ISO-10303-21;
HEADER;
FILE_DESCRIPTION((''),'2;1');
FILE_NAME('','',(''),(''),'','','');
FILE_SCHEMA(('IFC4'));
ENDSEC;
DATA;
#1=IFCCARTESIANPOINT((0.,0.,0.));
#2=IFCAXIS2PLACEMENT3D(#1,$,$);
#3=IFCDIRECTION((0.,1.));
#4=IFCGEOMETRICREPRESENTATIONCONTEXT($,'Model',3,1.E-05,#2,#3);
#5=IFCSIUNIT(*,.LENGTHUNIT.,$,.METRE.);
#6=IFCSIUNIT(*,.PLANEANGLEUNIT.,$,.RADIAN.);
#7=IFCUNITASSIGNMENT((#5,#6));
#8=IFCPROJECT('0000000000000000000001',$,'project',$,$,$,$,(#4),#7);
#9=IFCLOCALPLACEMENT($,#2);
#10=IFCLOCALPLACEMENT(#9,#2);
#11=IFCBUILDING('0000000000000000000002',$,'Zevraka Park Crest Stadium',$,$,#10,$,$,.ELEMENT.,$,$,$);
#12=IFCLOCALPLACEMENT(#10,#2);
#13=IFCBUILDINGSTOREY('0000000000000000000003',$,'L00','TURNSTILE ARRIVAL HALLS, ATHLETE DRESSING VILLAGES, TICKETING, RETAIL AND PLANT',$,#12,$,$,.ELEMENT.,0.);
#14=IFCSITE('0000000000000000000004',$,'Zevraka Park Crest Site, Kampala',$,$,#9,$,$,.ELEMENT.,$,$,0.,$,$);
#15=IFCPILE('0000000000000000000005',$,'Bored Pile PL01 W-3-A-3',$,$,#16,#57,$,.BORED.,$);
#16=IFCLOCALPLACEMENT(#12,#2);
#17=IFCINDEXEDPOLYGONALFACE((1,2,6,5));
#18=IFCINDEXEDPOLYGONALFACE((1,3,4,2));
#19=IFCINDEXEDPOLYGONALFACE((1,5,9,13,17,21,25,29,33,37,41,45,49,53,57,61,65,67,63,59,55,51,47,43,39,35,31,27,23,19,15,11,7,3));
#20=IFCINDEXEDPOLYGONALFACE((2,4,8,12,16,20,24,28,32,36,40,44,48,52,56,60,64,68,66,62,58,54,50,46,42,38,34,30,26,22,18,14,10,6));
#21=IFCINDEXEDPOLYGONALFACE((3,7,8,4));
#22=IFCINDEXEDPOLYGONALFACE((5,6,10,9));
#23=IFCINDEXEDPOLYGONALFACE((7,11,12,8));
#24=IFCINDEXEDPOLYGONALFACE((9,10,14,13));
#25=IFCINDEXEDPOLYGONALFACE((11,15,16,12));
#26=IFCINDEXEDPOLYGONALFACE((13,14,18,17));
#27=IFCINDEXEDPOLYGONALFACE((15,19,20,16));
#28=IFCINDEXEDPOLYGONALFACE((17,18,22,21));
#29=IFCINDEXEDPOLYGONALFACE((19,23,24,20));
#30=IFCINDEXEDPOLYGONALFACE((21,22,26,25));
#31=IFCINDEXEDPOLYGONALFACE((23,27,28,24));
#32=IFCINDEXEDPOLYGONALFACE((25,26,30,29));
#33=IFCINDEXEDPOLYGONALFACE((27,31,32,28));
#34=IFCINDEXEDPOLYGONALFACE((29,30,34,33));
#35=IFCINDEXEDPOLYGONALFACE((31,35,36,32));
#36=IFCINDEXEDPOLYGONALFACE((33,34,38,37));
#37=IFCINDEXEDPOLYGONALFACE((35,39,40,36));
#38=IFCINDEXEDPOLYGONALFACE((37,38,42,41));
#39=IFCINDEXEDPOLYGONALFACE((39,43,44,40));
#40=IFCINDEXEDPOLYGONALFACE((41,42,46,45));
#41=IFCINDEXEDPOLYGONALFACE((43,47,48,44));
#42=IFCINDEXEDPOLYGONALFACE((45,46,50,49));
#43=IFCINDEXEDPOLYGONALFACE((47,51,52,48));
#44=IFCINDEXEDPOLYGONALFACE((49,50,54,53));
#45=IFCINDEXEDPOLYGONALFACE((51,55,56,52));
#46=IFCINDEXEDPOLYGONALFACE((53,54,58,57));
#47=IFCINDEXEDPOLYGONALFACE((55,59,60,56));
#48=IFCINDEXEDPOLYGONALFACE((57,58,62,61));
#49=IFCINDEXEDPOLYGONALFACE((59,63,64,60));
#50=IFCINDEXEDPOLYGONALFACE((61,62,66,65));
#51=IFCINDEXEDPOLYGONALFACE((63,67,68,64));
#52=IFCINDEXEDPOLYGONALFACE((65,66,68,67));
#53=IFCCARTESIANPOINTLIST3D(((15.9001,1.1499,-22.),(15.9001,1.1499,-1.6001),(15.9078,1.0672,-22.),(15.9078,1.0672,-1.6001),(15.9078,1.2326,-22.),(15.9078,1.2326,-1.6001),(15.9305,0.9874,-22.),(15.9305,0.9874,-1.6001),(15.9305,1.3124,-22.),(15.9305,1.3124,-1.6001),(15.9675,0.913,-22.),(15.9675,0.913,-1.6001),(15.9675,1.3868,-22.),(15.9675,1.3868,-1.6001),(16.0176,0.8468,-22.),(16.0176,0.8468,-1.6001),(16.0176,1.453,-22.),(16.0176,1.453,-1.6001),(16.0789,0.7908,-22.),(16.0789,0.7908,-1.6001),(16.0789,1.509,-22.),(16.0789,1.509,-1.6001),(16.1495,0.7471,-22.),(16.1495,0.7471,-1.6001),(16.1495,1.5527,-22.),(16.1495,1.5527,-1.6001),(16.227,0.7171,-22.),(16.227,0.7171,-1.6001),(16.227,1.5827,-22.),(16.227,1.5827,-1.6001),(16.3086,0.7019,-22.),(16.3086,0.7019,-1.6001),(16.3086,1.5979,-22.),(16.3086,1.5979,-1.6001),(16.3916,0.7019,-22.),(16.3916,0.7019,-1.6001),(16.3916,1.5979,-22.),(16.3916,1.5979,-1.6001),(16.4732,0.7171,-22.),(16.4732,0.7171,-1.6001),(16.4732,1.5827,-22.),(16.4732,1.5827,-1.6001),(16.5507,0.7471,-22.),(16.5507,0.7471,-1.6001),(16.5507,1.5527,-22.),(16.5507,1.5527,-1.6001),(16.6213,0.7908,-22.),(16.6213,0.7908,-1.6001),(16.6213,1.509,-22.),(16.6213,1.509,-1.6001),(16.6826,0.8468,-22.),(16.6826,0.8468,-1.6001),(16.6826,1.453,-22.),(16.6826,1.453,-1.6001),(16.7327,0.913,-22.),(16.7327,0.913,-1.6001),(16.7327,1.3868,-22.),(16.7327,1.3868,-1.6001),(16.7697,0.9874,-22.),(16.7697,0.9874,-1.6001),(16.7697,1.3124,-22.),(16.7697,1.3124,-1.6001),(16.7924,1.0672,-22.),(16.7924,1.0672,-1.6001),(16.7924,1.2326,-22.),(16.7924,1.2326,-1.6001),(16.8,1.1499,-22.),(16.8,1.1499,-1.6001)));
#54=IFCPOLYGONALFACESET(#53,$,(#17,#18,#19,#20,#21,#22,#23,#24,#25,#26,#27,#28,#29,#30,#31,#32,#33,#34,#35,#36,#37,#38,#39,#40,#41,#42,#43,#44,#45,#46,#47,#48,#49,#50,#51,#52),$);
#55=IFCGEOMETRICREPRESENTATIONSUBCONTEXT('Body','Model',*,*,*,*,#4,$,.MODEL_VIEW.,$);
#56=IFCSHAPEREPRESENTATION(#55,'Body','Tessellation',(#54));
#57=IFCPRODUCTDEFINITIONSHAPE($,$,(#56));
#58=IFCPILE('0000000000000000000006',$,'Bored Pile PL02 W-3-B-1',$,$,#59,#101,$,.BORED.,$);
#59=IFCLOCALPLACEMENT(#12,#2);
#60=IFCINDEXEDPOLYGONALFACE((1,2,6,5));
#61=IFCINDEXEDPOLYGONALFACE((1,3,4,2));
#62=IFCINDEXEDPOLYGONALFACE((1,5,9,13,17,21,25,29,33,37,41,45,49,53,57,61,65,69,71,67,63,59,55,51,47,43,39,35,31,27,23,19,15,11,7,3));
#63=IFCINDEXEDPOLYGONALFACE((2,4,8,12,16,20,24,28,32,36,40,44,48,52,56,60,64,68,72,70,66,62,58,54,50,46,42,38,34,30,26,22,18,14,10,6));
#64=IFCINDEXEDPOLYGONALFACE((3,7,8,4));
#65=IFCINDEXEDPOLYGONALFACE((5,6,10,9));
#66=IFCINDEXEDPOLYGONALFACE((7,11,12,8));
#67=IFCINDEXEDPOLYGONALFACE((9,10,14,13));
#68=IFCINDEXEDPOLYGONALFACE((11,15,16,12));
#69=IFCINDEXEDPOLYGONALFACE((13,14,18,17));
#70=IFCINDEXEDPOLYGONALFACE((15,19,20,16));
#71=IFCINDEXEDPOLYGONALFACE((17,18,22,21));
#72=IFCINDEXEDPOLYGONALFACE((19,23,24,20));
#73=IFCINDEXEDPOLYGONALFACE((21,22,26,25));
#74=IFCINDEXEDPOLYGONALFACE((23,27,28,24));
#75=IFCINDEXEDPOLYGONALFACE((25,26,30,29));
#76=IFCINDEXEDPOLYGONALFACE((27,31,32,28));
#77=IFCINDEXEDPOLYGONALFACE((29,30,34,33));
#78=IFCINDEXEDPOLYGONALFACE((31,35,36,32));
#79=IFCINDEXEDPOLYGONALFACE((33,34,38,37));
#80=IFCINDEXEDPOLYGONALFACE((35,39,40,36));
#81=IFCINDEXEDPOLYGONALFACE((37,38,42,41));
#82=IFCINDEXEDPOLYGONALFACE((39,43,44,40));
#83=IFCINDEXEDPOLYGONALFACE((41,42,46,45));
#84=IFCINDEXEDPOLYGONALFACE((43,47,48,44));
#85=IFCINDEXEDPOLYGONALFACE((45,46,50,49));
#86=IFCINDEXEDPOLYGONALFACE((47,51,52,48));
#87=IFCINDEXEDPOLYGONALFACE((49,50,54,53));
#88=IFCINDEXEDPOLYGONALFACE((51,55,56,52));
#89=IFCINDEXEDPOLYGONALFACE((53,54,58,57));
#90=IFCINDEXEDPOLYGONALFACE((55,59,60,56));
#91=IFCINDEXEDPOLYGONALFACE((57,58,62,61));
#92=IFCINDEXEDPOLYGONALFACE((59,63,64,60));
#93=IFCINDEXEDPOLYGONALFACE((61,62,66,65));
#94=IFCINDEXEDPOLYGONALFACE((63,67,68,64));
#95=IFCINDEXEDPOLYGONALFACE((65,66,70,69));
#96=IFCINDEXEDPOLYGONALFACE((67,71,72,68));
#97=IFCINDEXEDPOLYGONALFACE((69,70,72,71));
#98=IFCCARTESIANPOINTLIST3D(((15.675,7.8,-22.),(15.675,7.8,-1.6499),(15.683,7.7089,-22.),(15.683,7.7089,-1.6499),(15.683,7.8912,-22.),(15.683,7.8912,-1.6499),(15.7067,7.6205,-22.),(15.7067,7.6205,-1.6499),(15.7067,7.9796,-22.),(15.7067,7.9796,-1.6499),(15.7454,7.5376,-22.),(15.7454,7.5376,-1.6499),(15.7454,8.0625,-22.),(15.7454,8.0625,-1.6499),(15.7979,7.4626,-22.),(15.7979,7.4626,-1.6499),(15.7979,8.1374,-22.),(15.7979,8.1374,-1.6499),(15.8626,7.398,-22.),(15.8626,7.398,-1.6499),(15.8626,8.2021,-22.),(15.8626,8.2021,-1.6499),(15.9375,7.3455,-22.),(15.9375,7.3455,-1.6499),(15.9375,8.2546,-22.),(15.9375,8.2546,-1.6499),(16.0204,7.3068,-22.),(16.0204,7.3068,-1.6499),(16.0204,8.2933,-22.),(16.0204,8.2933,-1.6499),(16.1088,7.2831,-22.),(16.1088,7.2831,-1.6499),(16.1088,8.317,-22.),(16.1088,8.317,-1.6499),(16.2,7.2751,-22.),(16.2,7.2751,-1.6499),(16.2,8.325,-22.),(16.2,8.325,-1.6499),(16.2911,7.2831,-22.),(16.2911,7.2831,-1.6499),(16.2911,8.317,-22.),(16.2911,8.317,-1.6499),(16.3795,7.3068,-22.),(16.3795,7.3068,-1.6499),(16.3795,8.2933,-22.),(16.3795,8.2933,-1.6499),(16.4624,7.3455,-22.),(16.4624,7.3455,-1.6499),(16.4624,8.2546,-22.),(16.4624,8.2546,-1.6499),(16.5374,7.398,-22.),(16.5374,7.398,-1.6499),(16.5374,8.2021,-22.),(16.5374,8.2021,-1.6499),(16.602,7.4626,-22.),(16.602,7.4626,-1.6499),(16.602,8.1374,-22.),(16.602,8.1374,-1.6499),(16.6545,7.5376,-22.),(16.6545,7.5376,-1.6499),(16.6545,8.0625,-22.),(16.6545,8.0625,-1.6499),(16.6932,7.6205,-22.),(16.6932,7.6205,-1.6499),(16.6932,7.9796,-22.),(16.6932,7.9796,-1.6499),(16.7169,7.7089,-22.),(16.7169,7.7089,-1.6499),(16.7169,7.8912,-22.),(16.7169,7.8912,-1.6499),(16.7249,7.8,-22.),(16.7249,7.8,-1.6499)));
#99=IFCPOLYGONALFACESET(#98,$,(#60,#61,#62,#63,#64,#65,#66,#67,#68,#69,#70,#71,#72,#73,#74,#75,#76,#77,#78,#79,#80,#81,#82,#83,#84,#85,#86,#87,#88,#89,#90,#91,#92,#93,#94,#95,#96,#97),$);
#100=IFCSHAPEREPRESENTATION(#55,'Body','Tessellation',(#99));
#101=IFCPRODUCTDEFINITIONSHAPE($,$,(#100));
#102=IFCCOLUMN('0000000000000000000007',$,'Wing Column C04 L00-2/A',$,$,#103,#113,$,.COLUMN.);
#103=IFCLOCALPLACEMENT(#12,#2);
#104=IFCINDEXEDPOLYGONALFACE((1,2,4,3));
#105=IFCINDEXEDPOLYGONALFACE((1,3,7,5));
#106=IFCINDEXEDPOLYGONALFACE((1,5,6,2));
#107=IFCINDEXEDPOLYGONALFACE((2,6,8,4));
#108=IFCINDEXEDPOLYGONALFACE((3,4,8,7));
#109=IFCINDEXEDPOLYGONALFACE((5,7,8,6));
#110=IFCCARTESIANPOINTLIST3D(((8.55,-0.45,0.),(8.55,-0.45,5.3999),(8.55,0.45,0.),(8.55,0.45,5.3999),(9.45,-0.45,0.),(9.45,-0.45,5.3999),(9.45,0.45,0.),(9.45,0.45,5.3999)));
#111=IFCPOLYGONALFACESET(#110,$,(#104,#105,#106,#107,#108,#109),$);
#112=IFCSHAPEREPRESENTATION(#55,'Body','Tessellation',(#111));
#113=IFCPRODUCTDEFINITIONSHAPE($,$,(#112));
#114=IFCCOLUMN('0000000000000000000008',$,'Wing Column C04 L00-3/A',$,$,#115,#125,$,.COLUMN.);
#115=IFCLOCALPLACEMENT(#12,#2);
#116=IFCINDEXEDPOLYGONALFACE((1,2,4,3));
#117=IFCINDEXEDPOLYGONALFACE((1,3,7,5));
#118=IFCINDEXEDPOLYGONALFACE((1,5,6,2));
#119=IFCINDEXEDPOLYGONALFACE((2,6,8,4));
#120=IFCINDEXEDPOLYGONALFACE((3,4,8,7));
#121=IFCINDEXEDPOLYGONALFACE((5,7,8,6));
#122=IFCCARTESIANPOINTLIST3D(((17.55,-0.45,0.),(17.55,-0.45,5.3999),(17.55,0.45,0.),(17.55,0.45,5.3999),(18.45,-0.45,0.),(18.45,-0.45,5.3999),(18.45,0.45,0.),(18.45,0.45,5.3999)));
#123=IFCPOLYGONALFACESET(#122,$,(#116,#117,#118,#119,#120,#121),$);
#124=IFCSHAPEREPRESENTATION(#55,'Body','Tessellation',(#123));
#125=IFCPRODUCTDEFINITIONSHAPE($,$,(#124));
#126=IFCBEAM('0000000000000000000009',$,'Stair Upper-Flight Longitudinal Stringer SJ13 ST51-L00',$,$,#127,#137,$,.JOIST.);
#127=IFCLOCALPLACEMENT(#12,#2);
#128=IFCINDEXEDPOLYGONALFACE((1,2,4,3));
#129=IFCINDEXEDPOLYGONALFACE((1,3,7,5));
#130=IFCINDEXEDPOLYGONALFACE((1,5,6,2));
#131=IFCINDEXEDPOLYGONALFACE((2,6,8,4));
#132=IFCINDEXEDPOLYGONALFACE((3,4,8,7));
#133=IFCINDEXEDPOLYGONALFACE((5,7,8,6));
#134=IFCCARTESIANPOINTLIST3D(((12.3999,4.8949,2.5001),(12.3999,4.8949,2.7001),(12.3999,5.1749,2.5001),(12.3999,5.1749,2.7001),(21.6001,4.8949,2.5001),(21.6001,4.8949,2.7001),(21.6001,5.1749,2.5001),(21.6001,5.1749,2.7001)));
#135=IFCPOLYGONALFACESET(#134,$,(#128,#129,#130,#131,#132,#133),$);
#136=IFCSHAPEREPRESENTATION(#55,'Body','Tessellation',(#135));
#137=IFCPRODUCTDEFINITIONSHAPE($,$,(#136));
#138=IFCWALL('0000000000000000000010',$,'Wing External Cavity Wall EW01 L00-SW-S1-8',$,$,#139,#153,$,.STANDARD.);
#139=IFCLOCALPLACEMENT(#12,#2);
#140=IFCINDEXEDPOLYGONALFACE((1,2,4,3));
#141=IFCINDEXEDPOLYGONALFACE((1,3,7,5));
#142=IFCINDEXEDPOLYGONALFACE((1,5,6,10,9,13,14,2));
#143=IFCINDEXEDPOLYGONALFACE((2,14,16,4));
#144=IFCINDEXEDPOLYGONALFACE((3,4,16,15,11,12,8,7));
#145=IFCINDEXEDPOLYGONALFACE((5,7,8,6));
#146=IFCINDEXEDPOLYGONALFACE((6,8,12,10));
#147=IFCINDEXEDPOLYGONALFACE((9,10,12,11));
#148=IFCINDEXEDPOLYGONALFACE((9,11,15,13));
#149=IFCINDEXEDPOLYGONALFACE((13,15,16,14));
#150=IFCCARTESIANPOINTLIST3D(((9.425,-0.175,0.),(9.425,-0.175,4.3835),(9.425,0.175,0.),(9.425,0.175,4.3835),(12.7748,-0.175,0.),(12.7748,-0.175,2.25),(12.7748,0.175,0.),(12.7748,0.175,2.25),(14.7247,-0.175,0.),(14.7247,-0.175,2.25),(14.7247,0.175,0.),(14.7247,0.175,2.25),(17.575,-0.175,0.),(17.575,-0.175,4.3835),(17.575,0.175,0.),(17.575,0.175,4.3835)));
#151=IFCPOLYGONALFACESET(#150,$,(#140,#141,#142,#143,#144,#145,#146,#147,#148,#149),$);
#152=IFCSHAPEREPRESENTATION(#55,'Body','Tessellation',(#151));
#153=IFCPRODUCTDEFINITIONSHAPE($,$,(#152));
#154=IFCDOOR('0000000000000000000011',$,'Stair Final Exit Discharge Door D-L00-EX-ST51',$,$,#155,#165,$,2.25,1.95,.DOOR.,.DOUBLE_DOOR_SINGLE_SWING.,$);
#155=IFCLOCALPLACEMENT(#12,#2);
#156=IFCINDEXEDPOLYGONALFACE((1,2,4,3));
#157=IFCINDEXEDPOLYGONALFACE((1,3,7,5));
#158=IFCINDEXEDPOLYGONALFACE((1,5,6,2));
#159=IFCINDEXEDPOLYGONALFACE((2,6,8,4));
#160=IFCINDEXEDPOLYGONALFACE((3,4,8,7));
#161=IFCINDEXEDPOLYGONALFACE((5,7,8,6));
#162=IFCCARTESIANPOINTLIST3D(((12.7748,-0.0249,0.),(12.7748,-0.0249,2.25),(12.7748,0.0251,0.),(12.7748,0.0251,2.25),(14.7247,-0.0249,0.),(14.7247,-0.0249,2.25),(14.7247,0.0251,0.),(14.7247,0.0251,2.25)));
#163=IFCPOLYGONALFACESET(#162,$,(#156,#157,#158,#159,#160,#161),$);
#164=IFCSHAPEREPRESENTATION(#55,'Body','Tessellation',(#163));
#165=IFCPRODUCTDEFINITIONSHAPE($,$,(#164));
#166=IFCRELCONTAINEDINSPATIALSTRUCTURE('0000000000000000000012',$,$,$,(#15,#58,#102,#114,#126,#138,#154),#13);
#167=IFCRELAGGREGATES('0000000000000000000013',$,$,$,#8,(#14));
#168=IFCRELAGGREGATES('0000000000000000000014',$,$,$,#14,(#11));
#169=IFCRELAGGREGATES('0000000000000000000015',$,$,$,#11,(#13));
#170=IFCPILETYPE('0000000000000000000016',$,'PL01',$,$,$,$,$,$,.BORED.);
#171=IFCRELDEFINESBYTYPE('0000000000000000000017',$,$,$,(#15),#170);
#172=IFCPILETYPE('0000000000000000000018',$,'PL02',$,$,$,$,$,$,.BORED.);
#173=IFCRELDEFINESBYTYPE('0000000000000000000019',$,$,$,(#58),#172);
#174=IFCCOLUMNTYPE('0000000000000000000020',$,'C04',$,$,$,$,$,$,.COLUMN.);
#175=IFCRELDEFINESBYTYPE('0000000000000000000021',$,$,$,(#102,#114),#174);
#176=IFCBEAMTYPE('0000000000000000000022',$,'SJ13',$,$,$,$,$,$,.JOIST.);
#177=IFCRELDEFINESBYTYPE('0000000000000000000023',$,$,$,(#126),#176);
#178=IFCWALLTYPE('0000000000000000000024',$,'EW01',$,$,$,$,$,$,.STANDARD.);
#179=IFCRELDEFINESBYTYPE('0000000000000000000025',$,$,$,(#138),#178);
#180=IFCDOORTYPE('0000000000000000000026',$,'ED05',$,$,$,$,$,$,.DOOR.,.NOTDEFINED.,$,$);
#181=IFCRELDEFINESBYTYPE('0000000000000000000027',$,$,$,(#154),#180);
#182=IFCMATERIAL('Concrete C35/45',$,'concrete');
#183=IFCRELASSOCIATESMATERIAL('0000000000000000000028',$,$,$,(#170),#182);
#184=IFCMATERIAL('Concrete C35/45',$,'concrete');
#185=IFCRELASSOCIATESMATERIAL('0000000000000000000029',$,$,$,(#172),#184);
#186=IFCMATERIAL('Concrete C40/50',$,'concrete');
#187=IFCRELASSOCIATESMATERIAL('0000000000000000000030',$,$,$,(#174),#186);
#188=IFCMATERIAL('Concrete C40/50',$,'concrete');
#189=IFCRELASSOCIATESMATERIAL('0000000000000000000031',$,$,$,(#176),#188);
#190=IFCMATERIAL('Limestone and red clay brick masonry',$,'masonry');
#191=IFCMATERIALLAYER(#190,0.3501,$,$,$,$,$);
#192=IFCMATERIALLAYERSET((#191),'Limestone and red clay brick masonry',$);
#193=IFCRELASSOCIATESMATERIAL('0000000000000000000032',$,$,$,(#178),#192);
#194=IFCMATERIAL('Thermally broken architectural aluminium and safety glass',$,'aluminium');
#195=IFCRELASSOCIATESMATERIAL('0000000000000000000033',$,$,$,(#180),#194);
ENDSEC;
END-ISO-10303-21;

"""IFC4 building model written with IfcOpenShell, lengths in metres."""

from ifc_helpers import new_model, si_unit, direction, frame, frame_2d, origin, origin_2d, place, context, subcontext, project, spatial, rectangle, circle, extrude, material, layer, layer_set, material_profile, profile_set, type_object, element, fill, save


model = new_model("IFC4")

# Units and contexts
model_context = context("Model", 3, precision=1e-05, world=origin(), true_north=direction((0.0, 1.0)))
body_context = subcontext(model_context, "Body", "Model", "MODEL_VIEW")
ifc_project = project(units=[si_unit("LENGTHUNIT", "METRE"), si_unit("PLANEANGLEUNIT", "RADIAN")], contexts=[model_context])

# Site, building, storey
site_placement = place(None, origin())
site = spatial("IfcSite", under=ifc_project, at=site_placement, Name="Zevraka Park Crest Site, Kampala", CompositionType="ELEMENT", RefElevation=0.0)
building_placement = place(site_placement, origin())
building = spatial("IfcBuilding", under=site, at=building_placement, Name="Zevraka Park Crest Stadium", CompositionType="ELEMENT")
storey_placement = place(building_placement, origin())
storey = spatial("IfcBuildingStorey", under=building, at=storey_placement, Name="L00", Description="TURNSTILE ARRIVAL HALLS, ATHLETE DRESSING VILLAGES, TICKETING, RETAIL AND PLANT", CompositionType="ELEMENT", Elevation=0.0)

# Piles
ifc_material_1 = material(Name="Concrete C35/45", Category="concrete")
ifc_material_profile_1 = material_profile(ifc_material_1, circle(Radius=0.45, at=origin_2d()), Name="PILE D900")
ifc_profile_set_1 = profile_set([ifc_material_profile_1], Name="Concrete C35/45")
pile_type_1 = type_object("IfcPileType", Name="PL01", PredefinedType="BORED", material=ifc_profile_set_1)
for number, where, z_axis, x_axis, name in (
    (1, (16.3501, 1.1499, -1.6001), (0.0, 0.0, -1.0), (1.0, 0.0, 0.0), "Bored Pile PL01 W-3-A-3"),
):
    element("IfcPile", number, at=place(storey_placement, frame(where, z_axis=z_axis, x_axis=x_axis)), inside=storey, type_object=pile_type_1, Name=name, PredefinedType="BORED", context=body_context, shape_type="SweptSolid", body=[
        extrude(circle(Radius=0.45, at=origin_2d()), origin(), (0.0, 0.0, 1.0), 20.3999),
    ])
ifc_material_2 = material(Name="Concrete C35/45", Category="concrete")
ifc_material_profile_2 = material_profile(ifc_material_2, circle(Radius=0.5249, at=origin_2d()), Name="PILE D1050")
ifc_profile_set_2 = profile_set([ifc_material_profile_2], Name="Concrete C35/45")
pile_type_2 = type_object("IfcPileType", Name="PL02", PredefinedType="BORED", material=ifc_profile_set_2)
pile_1_placement = place(storey_placement, frame((16.2, 7.8, -1.6499), z_axis=(0.0, 0.0, -1.0), x_axis=(1.0, 0.0, 0.0)))
element("IfcPile", 2, at=pile_1_placement, inside=storey, type_object=pile_type_2, Name="Bored Pile PL02 W-3-B-1", PredefinedType="BORED", context=body_context, shape_type="SweptSolid", body=[
    extrude(circle(Radius=0.5249, at=origin_2d()), origin(), (0.0, 0.0, 1.0), 20.3501),
])

# Columns
ifc_material_3 = material(Name="Concrete C40/50", Category="concrete")
ifc_material_profile_3 = material_profile(ifc_material_3, rectangle(XDim=0.8999, YDim=0.8999, at=origin_2d()), Name="RC 900x900")
ifc_profile_set_3 = profile_set([ifc_material_profile_3], Name="Concrete C40/50")
column_type = type_object("IfcColumnType", Name="C04", PredefinedType="COLUMN", material=ifc_profile_set_3)
for number, where, z_axis, x_axis, name in (
    (3, (9.0, 0.0, 0.0), (0.0, 0.0, 1.0), (1.0, 0.0, 0.0), "Wing Column C04 L00-2/A"),
    (4, (18.0, 0.0, 0.0), (0.0, 0.0, 1.0), (1.0, 0.0, 0.0), "Wing Column C04 L00-3/A"),
):
    element("IfcColumn", number, at=place(storey_placement, frame(where, z_axis=z_axis, x_axis=x_axis)), inside=storey, type_object=column_type, Name=name, PredefinedType="COLUMN", context=body_context, shape_type="SweptSolid", body=[
        extrude(rectangle(XDim=0.8999, YDim=0.8999, at=origin_2d()), origin(), (0.0, 0.0, 1.0), 5.3999),
    ])

# Beam
ifc_material_4 = material(Name="Concrete C40/50", Category="concrete")
ifc_material_profile_4 = material_profile(ifc_material_4, rectangle(XDim=0.28, YDim=0.2, at=origin_2d()), Name="RC 200x280")
ifc_profile_set_4 = profile_set([ifc_material_profile_4], Name="Concrete C40/50")
beam_type = type_object("IfcBeamType", Name="SJ13", PredefinedType="JOIST", material=ifc_profile_set_4)
beam_placement = place(storey_placement, frame((12.3999, 5.0349, 2.6001), z_axis=(1.0, 0.0, 0.0), x_axis=(0.0, 1.0, 0.0)))
element("IfcBeam", 5, at=beam_placement, inside=storey, type_object=beam_type, Name="Stair Upper-Flight Longitudinal Stringer SJ13 ST51-L00", PredefinedType="JOIST", context=body_context, shape_type="SweptSolid", body=[
    extrude(rectangle(XDim=0.28, YDim=0.2, at=origin_2d()), origin(), (0.0, 0.0, 1.0), 9.2002),
])

# Wall, opening, door
ifc_material_5 = material(Name="Limestone and red clay brick masonry", Category="masonry")
ifc_layer_1 = layer(ifc_material_5, 0.3501)
ifc_layer_set_1 = layer_set([ifc_layer_1], Name="Limestone and red clay brick masonry")
wall_type_1 = type_object("IfcWallType", Name="EW01", PredefinedType="STANDARD", material=ifc_layer_set_1)
wall_1_placement = place(storey_placement, frame((17.575, 0.0, 0.0), z_axis=(0.0, 0.0, 1.0), x_axis=(-1.0, 0.0, 0.0)))
wall_1 = element("IfcWall", 6, at=wall_1_placement, inside=storey, type_object=wall_type_1, Name="Wing External Cavity Wall EW01 L00-SW-S1-8", PredefinedType="STANDARD", context=body_context, shape_type="SweptSolid", body=[
    extrude(rectangle(XDim=8.1499, YDim=0.3501, at=frame_2d((4.075, 0.0))), origin(), (0.0, 0.0, 1.0), 4.3835),
])
opening_1_placement = place(wall_1_placement, frame((2.8501, 0.0, 0.0)))
opening_1 = element("IfcOpeningElement", 7, at=opening_1_placement, cuts=wall_1, PredefinedType="OPENING", context=body_context, shape_type="SweptSolid", body=[
    extrude(rectangle(XDim=1.95, YDim=2.25, at=frame_2d((0.9751, 1.125))), frame((0.0, 0.1851, 0.0), z_axis=(0.0, -1.0, 0.0), x_axis=(1.0, 0.0, 0.0)), (0.0, 0.0, 1.0), 0.3701),
])
ifc_material_6 = material(Name="Thermally broken architectural aluminium and safety glass", Category="aluminium")
door_type_1 = type_object("IfcDoorType", Name="ED05", OperationType="NOTDEFINED", PredefinedType="DOOR", material=ifc_material_6)
door_1_placement = place(opening_1_placement, origin())
door_1 = element("IfcDoor", 8, at=door_1_placement, inside=storey, type_object=door_type_1, Name="Stair Final Exit Discharge Door D-L00-EX-ST51", OperationType="DOUBLE_DOOR_SINGLE_SWING", OverallHeight=2.25, OverallWidth=1.95, PredefinedType="DOOR", context=body_context, shape_type="SweptSolid", body=[
    extrude(rectangle(XDim=1.95, YDim=2.25, at=frame_2d((0.9751, 1.125))), frame((0.0, 0.0249, 0.0), z_axis=(0.0, -1.0, 0.0), x_axis=(1.0, 0.0, 0.0)), (0.0, 0.0, 1.0), 0.05),
])
fill(opening_1, door_1)

save(model, "model.ifc")
